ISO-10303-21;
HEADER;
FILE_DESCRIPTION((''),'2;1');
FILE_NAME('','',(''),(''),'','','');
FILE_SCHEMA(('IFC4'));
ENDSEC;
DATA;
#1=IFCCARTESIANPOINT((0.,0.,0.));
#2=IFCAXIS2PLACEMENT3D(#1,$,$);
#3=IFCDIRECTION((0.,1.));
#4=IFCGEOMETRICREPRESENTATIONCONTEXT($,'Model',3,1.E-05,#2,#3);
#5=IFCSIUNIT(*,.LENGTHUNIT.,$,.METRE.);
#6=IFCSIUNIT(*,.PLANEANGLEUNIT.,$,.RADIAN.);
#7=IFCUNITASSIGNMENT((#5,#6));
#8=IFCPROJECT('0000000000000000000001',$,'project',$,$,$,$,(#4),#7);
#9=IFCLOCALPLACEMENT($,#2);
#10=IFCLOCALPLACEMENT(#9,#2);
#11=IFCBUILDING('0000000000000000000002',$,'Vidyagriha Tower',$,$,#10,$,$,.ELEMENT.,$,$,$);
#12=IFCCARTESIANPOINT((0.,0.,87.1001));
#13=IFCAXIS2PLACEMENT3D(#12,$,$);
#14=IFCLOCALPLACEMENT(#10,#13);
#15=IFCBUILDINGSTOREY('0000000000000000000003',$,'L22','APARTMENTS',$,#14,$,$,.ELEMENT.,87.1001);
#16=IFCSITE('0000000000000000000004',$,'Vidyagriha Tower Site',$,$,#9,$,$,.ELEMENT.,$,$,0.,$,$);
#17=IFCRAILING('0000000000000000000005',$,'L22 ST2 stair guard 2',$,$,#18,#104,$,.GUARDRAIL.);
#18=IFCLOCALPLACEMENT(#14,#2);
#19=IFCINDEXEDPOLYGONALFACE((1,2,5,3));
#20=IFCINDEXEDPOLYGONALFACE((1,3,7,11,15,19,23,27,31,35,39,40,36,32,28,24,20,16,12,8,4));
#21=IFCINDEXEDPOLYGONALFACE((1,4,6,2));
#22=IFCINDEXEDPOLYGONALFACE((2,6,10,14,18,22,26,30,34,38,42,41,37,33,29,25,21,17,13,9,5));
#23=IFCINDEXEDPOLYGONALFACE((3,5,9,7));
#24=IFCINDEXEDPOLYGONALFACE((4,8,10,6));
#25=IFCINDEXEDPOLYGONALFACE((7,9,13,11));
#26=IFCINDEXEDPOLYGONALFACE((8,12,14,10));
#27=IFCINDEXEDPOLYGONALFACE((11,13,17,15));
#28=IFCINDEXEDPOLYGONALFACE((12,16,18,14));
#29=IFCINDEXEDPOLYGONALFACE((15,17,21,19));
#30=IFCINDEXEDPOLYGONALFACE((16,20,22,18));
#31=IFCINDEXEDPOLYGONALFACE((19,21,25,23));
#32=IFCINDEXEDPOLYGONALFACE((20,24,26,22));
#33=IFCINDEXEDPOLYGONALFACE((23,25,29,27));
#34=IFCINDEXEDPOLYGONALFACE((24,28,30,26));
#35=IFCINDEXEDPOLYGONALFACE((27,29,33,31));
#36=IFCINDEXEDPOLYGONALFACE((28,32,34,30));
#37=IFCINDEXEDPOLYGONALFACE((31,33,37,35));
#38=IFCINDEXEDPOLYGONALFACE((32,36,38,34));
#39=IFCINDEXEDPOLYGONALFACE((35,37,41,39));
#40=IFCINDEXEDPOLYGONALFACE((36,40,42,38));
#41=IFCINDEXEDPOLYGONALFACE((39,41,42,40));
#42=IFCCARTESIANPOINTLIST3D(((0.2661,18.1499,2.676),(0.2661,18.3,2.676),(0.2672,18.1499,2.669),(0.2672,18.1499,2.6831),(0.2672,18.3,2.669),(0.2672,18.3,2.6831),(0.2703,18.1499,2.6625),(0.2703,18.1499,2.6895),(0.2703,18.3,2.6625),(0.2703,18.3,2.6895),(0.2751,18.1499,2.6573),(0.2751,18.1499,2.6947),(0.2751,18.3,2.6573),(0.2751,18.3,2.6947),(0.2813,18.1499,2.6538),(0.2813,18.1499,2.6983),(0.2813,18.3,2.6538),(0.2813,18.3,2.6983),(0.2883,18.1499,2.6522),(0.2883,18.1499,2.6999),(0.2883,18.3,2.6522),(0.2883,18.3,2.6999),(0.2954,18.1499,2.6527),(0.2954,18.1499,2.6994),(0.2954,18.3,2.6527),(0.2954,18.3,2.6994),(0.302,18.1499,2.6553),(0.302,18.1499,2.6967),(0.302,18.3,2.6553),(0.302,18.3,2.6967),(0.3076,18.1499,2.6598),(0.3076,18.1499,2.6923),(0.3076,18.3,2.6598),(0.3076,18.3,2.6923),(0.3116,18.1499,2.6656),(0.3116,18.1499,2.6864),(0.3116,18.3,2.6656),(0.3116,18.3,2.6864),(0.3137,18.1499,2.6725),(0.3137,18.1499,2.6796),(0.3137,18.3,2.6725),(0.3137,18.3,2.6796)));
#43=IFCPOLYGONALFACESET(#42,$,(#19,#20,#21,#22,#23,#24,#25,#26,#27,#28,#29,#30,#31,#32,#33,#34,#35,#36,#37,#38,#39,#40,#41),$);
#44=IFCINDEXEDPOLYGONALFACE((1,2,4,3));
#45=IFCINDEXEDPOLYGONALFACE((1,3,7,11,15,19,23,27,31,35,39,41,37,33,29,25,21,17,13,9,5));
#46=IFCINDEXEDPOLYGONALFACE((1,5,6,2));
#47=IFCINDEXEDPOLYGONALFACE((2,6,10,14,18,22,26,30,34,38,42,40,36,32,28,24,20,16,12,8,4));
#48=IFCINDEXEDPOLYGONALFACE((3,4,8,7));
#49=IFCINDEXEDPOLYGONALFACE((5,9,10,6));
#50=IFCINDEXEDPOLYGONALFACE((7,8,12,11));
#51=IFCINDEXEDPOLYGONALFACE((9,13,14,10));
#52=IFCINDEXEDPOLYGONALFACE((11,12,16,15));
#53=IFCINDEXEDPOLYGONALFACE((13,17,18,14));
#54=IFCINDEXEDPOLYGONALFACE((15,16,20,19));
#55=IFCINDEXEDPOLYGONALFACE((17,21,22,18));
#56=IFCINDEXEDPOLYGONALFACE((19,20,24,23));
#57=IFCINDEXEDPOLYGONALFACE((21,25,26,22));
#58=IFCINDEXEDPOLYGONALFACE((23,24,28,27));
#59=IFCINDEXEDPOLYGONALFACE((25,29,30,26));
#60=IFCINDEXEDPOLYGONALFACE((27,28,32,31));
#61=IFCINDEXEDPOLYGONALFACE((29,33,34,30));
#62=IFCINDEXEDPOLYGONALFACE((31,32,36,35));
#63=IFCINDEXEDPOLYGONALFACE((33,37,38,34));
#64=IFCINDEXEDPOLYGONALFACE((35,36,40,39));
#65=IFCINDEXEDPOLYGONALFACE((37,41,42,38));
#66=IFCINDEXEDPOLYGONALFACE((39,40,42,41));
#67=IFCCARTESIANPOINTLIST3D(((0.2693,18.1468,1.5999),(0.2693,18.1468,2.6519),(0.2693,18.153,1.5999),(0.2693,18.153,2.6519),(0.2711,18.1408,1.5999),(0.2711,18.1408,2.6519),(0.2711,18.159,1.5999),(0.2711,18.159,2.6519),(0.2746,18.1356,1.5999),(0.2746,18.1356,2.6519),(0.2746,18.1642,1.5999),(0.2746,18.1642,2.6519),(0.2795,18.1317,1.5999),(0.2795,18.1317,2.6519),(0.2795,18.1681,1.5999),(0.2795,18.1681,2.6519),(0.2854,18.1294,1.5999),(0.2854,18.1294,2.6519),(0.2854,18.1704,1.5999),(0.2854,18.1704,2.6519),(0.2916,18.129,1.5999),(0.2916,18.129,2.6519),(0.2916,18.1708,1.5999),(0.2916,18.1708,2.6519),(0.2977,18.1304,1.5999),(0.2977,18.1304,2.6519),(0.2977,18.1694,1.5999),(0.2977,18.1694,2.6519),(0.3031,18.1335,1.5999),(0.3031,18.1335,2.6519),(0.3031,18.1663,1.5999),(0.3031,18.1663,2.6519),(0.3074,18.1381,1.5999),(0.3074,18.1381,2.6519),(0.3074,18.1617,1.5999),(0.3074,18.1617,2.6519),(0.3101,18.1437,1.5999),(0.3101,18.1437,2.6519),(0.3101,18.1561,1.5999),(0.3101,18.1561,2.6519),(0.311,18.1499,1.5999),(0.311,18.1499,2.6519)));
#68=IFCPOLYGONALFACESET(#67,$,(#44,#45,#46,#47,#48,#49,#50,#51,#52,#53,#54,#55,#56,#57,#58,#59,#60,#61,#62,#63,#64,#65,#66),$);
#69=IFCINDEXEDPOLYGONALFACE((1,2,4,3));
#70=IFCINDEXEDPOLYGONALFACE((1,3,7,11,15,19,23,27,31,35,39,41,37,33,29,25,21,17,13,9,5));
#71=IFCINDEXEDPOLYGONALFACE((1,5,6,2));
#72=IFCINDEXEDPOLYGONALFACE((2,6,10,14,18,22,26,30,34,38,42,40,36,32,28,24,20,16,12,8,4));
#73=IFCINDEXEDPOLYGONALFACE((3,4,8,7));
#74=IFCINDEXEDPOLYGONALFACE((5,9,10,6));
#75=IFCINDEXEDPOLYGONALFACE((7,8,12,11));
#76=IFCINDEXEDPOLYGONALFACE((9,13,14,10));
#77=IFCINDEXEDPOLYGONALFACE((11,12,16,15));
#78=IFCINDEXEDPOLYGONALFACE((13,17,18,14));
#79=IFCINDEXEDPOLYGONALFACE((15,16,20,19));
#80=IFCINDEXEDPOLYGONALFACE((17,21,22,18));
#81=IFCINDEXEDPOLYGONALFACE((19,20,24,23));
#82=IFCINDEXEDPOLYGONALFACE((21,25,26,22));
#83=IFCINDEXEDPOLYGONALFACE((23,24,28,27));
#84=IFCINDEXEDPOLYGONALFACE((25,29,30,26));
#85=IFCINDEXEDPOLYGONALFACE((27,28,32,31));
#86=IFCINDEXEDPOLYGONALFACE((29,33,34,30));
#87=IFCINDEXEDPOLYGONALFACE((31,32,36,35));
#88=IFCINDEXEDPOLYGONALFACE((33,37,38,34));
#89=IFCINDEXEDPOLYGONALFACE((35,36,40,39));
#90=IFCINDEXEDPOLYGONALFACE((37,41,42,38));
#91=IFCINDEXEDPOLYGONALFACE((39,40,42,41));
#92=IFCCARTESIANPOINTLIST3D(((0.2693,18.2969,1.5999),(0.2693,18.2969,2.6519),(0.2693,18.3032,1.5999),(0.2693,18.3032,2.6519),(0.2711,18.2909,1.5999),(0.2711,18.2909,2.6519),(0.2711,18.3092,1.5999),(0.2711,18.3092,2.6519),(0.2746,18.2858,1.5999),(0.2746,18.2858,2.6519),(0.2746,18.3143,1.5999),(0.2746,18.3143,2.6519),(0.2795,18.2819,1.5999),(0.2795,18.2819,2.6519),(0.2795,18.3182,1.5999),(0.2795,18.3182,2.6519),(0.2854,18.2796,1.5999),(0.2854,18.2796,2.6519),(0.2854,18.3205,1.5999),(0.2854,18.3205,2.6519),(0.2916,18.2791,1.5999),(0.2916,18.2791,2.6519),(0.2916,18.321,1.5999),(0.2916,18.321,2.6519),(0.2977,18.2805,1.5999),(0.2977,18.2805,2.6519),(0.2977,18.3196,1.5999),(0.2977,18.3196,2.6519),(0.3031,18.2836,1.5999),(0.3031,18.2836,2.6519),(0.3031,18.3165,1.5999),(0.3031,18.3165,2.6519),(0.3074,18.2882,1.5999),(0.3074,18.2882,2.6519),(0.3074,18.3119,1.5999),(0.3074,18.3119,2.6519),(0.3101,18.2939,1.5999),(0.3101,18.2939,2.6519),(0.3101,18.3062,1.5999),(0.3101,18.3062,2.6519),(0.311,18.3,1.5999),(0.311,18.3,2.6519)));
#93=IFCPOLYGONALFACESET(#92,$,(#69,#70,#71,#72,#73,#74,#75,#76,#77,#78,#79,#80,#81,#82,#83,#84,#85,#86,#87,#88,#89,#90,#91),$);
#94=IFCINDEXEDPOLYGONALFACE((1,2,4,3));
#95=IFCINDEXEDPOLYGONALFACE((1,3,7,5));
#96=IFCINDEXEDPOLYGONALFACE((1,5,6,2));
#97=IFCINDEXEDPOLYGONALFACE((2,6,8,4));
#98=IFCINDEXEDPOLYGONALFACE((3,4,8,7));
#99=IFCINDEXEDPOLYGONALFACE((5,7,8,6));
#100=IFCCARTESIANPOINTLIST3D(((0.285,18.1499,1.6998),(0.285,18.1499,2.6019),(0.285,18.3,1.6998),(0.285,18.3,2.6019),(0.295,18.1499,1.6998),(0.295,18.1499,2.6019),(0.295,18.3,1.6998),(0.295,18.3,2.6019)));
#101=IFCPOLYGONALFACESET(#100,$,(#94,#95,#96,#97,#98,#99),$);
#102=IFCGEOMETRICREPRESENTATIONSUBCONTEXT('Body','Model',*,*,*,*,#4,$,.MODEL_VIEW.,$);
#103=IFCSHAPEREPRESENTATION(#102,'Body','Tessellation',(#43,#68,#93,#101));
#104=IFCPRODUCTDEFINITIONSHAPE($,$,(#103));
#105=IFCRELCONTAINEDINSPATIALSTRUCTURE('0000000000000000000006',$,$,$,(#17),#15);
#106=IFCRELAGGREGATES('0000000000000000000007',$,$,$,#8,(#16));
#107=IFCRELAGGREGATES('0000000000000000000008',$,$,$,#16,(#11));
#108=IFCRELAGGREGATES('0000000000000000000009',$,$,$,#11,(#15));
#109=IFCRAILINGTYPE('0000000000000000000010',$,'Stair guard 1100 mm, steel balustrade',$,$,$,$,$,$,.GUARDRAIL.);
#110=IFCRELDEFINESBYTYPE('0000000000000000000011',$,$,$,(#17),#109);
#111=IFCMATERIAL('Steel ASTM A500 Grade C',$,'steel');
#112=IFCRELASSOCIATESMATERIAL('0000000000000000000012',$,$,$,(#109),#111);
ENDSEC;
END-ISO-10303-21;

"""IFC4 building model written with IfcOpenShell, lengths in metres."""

from ifc_helpers import new_model, si_unit, direction, frame, origin, origin_2d, place, context, subcontext, project, spatial, rectangle, circle, extrude, material, type_object, element, save


model = new_model("IFC4")

# Units and contexts
model_context = context("Model", 3, precision=1e-05, world=origin(), true_north=direction((0.0, 1.0)))
body_context = subcontext(model_context, "Body", "Model", "MODEL_VIEW")
ifc_project = project(units=[si_unit("LENGTHUNIT", "METRE"), si_unit("PLANEANGLEUNIT", "RADIAN")], contexts=[model_context])

# Site, building, storey
site_placement = place(None, origin())
site = spatial("IfcSite", under=ifc_project, at=site_placement, Name="Vidyagriha Tower Site", CompositionType="ELEMENT", RefElevation=0.0)
building_placement = place(site_placement, origin())
building = spatial("IfcBuilding", under=site, at=building_placement, Name="Vidyagriha Tower", CompositionType="ELEMENT")
storey_placement = place(building_placement, frame((0.0, 0.0, 87.1001)))
storey = spatial("IfcBuildingStorey", under=building, at=storey_placement, Name="L22", Description="APARTMENTS", CompositionType="ELEMENT", Elevation=87.1001)

# Railing
ifc_material_1 = material(Name="Steel ASTM A500 Grade C", Category="steel")
railing_type_1 = type_object("IfcRailingType", Name="Stair guard 1100 mm, steel balustrade", PredefinedType="GUARDRAIL", material=ifc_material_1)
railing_1_placement = place(storey_placement, frame((0.29, 18.1499, 1.5999)))
element("IfcRailing", 1, at=railing_1_placement, inside=storey, type_object=railing_type_1, Name="L22 ST2 stair guard 2", PredefinedType="GUARDRAIL", context=body_context, shape_type="SweptSolid", body=[
    extrude(circle(Radius=0.0239, at=origin_2d()), frame((0.0, 0.0, 1.0762), z_axis=(0.0, 1.0, 0.0), x_axis=(-1.0, 0.0, 0.0)), (0.0, 0.0, 1.0), 0.1501),
    extrude(circle(Radius=0.021, at=origin_2d()), origin(), (0.0, 0.0, 1.0), 1.052),
    extrude(circle(Radius=0.021, at=origin_2d()), frame((0.0, 0.1501, 0.0)), (0.0, 0.0, 1.0), 1.052),
    extrude(rectangle(XDim=0.01, YDim=0.9021, at=origin_2d()), frame((0.0, 0.0, 0.551), z_axis=(0.0, 1.0, 0.0), x_axis=(-1.0, 0.0, 0.0)), (0.0, 0.0, 1.0), 0.1501),
])

save(model, "model.ifc")
